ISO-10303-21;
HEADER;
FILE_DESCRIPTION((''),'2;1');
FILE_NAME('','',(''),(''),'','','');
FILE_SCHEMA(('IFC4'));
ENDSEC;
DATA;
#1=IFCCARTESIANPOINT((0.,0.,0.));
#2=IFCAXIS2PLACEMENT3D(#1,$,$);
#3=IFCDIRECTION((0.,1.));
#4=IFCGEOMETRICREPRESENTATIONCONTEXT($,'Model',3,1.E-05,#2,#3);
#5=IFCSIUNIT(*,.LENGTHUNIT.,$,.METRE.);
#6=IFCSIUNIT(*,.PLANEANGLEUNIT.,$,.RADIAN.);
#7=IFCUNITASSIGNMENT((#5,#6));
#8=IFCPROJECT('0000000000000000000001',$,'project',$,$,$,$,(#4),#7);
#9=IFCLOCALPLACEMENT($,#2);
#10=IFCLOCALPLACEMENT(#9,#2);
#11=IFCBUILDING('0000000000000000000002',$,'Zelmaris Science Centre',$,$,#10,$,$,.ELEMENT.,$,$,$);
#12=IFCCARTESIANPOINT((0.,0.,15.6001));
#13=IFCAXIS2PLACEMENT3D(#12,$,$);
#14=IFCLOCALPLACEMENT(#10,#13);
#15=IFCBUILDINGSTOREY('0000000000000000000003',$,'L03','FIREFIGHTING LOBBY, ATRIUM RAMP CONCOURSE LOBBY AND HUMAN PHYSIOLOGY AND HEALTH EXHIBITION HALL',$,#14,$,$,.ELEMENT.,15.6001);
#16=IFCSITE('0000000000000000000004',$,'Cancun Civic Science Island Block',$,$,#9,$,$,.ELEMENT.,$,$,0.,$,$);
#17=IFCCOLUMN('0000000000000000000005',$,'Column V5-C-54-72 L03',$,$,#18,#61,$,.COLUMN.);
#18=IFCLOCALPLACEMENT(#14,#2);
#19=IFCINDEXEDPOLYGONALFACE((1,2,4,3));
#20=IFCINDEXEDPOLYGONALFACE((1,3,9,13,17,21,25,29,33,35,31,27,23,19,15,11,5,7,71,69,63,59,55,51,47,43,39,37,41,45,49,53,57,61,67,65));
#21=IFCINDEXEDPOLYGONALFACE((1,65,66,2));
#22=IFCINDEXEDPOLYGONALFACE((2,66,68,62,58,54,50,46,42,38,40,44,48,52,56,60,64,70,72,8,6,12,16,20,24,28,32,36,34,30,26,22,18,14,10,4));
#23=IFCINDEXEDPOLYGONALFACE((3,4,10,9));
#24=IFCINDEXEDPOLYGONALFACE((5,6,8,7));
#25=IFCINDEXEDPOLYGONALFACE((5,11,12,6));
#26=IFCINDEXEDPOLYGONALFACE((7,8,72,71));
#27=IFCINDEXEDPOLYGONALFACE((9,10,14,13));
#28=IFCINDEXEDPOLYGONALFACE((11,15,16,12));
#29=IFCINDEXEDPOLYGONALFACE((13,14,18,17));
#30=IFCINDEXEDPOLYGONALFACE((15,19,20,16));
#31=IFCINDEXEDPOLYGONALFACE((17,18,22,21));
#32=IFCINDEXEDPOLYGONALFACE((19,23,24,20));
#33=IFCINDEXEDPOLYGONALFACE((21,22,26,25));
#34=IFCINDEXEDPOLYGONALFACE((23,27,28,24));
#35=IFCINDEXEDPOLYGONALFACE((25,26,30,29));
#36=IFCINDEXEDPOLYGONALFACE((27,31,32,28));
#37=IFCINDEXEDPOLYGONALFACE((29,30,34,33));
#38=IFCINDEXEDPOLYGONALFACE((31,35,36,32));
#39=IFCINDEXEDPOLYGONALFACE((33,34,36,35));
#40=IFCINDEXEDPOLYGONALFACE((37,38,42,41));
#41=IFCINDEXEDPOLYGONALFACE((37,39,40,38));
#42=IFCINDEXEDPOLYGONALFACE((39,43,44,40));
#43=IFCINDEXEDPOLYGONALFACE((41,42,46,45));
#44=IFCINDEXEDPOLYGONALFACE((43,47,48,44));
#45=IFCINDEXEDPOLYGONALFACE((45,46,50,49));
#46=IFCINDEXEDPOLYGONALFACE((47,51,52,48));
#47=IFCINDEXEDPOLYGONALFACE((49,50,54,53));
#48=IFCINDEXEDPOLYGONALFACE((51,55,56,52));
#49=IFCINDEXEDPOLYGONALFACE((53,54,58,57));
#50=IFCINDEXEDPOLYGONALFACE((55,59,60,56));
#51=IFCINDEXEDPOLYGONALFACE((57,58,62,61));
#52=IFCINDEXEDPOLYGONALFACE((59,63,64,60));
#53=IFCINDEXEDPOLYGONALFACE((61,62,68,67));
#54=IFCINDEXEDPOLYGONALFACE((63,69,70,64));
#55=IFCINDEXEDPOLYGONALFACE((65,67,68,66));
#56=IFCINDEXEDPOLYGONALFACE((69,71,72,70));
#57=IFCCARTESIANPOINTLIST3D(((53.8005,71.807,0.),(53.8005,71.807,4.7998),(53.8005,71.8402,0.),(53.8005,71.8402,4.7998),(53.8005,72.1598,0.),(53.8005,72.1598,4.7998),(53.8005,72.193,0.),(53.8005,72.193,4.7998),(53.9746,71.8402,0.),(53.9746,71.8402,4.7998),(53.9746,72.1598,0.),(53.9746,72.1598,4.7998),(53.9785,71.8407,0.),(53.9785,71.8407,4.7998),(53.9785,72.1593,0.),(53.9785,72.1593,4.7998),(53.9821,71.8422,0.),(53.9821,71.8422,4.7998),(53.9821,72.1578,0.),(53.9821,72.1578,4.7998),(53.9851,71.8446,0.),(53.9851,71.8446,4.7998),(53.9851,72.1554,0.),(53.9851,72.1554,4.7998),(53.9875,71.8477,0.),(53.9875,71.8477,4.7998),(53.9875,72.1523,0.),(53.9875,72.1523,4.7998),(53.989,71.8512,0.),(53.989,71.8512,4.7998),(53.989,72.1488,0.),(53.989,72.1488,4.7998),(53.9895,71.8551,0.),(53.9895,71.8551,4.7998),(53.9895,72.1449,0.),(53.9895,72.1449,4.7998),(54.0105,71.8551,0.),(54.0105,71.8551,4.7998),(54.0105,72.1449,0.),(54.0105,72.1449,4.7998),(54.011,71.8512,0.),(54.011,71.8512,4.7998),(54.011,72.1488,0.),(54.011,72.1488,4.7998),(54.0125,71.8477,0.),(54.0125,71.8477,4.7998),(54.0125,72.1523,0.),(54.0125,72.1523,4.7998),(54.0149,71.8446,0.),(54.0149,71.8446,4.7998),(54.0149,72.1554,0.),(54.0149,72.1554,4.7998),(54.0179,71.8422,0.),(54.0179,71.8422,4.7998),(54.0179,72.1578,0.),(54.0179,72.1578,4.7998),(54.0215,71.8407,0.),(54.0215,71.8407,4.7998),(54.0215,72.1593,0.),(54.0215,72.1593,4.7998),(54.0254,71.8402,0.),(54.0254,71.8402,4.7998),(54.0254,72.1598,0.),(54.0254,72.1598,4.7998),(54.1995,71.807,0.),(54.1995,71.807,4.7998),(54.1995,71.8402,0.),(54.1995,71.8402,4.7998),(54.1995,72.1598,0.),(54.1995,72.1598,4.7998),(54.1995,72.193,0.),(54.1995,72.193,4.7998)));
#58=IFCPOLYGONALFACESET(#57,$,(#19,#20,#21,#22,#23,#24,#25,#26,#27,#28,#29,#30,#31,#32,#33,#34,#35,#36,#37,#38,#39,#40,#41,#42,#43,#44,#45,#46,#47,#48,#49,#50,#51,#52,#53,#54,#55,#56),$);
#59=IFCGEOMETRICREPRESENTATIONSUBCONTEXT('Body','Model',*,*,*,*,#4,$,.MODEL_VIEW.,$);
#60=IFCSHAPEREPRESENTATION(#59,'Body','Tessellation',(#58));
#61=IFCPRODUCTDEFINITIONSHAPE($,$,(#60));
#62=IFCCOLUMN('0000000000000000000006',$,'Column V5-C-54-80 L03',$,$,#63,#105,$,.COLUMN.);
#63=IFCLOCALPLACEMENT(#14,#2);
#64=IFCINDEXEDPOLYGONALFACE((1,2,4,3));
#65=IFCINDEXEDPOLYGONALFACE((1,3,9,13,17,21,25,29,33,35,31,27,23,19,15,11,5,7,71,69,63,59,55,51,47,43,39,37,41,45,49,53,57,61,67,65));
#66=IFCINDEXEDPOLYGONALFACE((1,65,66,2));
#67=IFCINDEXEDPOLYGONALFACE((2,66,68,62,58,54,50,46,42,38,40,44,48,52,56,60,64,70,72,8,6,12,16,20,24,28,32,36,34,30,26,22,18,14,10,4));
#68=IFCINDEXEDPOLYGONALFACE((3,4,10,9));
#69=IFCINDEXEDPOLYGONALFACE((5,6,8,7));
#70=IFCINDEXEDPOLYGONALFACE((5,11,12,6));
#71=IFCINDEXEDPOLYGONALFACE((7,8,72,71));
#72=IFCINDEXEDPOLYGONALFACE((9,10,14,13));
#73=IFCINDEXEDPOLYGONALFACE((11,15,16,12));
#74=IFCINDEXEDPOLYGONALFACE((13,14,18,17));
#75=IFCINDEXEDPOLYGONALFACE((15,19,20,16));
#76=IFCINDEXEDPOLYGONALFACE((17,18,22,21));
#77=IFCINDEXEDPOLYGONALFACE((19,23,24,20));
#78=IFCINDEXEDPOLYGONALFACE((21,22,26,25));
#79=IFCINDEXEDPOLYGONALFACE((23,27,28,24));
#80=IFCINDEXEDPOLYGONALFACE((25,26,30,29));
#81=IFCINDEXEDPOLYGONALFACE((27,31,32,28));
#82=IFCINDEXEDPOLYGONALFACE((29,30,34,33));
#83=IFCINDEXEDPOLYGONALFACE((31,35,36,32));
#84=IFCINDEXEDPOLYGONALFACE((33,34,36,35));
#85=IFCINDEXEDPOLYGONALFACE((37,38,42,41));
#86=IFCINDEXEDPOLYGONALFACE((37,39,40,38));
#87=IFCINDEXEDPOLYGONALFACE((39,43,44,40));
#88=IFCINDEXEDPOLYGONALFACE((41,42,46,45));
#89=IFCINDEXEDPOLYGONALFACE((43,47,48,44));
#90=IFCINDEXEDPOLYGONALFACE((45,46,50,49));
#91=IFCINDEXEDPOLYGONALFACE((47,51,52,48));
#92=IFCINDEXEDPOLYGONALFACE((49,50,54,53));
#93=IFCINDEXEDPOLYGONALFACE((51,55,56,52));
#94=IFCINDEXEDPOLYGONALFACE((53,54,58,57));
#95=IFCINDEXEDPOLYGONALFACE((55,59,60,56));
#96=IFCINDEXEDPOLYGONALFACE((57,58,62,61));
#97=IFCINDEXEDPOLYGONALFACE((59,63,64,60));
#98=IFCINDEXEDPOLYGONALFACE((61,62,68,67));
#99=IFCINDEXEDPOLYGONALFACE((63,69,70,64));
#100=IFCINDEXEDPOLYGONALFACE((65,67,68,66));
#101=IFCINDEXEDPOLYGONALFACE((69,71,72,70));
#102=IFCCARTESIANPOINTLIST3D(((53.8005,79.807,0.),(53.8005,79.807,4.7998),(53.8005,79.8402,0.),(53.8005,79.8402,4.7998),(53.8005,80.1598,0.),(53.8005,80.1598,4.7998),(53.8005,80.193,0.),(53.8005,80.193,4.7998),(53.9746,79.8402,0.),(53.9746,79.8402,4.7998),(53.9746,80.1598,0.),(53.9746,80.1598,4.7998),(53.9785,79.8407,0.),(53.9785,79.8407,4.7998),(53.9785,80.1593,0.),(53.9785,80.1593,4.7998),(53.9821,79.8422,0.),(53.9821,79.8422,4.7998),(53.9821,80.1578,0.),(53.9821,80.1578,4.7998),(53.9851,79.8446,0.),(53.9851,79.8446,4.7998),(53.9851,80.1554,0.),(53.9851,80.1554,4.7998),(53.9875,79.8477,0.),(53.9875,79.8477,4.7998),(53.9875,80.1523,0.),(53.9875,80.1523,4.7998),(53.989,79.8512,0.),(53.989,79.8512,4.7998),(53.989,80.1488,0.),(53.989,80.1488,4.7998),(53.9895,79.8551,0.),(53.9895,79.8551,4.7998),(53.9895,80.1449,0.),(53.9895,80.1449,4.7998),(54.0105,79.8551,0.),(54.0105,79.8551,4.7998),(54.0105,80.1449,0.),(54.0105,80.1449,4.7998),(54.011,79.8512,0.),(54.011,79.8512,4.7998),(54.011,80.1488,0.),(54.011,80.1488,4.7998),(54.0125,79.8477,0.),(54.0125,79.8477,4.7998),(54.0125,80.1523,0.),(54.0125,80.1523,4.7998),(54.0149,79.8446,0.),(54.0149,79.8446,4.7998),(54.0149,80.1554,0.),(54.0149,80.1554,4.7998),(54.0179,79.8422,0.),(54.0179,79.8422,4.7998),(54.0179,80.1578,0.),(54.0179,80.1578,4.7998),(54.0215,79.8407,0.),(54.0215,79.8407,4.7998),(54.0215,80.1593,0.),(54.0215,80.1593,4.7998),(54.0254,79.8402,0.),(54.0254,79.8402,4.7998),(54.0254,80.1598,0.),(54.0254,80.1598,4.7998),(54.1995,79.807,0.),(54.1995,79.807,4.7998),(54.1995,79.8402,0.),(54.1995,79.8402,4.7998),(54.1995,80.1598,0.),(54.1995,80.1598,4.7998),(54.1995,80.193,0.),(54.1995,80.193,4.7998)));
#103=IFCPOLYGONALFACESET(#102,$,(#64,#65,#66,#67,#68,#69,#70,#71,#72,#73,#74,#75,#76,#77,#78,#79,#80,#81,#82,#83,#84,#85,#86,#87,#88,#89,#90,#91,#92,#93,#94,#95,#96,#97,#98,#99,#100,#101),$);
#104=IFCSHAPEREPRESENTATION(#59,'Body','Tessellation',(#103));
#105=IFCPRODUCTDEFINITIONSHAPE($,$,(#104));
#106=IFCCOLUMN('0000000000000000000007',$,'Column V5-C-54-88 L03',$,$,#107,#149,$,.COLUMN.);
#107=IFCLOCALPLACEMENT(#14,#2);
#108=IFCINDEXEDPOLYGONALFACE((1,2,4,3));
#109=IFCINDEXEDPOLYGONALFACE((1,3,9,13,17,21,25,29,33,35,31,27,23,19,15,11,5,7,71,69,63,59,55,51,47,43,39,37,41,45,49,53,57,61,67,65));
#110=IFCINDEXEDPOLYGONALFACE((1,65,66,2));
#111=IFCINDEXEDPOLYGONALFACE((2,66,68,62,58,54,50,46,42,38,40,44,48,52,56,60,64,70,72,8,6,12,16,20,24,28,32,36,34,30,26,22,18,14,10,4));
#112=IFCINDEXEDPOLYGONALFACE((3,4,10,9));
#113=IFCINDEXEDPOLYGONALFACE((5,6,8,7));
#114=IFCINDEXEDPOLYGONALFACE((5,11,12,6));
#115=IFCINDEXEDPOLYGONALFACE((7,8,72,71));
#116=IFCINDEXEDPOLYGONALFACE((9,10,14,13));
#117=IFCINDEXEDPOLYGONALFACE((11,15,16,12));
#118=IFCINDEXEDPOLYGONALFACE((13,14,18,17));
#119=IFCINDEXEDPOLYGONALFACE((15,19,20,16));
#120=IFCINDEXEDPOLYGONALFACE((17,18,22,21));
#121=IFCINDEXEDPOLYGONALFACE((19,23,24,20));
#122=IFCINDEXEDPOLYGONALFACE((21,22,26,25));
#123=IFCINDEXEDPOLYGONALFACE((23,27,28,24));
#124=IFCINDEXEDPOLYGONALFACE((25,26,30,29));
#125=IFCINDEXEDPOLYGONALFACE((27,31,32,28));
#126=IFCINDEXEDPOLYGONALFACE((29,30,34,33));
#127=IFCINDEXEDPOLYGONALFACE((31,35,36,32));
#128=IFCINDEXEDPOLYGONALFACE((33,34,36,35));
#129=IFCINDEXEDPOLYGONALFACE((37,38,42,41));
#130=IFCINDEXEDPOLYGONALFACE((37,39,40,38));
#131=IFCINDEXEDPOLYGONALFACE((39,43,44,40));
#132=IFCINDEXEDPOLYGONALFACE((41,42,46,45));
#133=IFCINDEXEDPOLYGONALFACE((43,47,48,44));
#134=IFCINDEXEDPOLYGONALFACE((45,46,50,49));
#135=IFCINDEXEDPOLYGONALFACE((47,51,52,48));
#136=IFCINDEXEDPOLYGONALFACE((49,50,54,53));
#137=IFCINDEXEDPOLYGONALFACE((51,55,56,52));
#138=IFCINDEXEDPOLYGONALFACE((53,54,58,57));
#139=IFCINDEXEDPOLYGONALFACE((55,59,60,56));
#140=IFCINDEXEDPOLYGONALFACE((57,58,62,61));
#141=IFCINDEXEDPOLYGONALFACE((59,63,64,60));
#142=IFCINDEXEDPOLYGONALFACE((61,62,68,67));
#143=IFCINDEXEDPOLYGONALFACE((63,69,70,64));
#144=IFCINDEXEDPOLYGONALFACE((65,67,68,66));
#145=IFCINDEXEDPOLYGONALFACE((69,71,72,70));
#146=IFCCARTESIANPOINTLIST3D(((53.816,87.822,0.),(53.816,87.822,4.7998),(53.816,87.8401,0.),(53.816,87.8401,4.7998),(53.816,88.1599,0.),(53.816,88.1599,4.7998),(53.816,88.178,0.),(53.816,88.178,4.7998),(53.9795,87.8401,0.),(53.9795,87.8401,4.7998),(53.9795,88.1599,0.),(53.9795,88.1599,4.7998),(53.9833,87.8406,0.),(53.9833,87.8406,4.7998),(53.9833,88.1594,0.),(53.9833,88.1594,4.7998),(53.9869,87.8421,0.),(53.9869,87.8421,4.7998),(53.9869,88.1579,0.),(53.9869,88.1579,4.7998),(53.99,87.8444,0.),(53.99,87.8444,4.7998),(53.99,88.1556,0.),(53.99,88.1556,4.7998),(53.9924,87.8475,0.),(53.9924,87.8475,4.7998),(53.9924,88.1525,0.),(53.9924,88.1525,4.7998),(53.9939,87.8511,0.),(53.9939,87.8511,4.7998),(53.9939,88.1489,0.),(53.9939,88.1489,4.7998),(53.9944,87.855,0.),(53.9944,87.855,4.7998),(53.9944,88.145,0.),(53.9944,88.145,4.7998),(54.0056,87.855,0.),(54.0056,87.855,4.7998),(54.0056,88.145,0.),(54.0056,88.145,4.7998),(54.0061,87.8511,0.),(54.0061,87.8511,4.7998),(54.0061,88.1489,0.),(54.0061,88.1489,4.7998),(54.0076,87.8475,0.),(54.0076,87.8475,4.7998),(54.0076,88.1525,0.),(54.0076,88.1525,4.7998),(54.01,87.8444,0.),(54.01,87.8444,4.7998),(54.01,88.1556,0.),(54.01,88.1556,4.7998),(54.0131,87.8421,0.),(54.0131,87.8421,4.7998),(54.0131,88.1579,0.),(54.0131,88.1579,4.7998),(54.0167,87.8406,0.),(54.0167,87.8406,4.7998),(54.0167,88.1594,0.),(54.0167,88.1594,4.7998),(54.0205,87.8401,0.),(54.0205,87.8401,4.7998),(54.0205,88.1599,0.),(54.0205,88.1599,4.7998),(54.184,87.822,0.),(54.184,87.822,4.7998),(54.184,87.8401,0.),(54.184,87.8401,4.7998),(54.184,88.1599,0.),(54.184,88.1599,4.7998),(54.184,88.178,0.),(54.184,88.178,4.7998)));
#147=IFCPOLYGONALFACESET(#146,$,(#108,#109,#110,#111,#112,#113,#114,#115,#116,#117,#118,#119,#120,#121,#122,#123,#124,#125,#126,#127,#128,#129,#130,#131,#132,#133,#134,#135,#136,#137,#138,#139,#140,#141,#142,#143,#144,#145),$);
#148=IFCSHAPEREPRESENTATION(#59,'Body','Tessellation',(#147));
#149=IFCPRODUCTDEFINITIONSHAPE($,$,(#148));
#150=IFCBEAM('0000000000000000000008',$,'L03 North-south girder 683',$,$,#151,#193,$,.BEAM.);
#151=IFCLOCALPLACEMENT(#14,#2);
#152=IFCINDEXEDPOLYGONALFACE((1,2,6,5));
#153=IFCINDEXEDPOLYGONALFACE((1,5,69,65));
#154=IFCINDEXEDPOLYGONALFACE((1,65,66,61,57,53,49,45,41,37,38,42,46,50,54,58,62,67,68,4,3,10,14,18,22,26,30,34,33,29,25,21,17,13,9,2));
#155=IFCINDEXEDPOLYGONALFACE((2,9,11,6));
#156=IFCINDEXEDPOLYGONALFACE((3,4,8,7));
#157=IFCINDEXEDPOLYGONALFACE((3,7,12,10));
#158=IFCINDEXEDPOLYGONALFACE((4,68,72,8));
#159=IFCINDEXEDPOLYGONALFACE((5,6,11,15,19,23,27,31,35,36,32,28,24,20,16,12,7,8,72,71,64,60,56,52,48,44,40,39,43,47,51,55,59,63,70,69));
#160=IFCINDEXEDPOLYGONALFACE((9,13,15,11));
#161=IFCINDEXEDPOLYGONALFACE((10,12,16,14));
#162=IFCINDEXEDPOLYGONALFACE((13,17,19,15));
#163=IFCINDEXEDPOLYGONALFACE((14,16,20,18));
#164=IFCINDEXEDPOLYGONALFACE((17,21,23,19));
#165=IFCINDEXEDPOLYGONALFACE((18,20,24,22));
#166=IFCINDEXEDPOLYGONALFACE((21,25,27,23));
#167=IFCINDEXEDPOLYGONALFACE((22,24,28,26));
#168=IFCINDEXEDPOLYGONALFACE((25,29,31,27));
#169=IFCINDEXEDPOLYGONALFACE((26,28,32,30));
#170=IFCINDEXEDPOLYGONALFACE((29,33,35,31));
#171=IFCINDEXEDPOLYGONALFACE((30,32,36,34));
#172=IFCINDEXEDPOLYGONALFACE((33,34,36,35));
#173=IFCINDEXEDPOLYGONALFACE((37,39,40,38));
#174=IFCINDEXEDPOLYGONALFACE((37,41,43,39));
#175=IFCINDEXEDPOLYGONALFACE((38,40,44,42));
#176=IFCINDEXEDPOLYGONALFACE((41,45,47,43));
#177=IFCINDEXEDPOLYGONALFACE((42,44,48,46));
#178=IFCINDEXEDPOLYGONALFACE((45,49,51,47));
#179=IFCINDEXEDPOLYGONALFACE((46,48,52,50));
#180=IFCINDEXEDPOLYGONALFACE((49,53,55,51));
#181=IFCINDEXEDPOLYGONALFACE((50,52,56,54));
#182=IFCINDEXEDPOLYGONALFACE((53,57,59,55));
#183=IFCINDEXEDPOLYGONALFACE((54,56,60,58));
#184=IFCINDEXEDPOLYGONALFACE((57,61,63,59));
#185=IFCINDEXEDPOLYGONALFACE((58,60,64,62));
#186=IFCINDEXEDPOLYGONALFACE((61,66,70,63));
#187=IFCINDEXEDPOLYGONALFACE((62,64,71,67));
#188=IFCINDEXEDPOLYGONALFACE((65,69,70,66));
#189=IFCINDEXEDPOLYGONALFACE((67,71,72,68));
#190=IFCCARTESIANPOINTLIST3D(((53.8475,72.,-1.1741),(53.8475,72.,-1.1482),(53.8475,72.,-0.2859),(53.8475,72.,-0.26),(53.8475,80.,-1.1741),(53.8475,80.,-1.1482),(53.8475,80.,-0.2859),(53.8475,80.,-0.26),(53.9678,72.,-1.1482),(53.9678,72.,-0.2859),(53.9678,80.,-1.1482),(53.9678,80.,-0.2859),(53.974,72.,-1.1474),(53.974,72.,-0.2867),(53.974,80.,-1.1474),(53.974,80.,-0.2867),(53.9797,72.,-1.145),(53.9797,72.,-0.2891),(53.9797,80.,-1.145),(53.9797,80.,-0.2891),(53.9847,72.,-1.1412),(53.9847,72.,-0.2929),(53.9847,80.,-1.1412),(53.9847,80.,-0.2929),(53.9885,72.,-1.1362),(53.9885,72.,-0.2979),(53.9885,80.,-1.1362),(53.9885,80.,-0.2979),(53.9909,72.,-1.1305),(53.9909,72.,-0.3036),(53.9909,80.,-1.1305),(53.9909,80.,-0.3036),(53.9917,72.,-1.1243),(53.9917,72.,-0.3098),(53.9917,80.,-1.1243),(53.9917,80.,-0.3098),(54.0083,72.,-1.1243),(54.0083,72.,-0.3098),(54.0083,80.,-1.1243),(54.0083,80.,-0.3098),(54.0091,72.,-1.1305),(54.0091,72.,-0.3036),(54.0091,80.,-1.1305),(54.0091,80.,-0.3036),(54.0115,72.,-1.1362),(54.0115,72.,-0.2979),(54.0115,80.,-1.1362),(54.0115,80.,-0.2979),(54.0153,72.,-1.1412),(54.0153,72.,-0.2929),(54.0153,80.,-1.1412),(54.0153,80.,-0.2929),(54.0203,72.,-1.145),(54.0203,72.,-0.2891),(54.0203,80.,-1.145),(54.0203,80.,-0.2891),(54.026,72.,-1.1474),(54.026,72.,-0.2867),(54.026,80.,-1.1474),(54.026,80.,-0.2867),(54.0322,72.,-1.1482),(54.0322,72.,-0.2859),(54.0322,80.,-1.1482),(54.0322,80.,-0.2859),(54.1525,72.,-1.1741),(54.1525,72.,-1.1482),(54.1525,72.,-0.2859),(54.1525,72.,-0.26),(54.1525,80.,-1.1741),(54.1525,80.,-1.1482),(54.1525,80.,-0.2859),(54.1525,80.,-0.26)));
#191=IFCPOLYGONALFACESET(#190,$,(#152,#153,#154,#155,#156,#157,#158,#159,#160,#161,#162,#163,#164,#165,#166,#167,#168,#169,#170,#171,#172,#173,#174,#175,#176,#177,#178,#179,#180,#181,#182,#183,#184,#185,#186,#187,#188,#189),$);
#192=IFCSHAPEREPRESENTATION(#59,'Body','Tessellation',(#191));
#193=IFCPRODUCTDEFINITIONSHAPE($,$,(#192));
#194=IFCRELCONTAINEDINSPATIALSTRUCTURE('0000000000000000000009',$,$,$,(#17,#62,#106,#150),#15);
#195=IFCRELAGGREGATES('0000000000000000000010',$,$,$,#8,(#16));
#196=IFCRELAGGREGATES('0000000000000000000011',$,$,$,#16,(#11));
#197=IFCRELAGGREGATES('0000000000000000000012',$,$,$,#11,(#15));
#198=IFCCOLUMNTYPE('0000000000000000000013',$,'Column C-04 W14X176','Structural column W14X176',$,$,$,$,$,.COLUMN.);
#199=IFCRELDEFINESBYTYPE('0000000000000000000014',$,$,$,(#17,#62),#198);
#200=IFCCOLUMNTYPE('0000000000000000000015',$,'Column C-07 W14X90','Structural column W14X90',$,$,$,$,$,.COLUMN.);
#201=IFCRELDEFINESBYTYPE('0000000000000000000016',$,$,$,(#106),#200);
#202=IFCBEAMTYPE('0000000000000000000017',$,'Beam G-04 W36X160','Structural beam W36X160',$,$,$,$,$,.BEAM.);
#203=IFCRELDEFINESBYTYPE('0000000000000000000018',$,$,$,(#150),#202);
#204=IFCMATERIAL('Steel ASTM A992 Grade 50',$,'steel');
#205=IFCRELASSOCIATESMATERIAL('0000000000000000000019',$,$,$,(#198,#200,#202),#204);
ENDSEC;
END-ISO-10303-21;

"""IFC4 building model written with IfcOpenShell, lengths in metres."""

from ifc_helpers import new_model, si_unit, direction, frame, origin, origin_2d, place, context, subcontext, project, spatial, i_section, extrude, material, material_profile, profile_set, type_object, element, save


model = new_model("IFC4")

# Units and contexts
model_context = context("Model", 3, precision=1e-05, world=origin(), true_north=direction((0.0, 1.0)))
body_context = subcontext(model_context, "Body", "Model", "MODEL_VIEW")
ifc_project = project(units=[si_unit("LENGTHUNIT", "METRE"), si_unit("PLANEANGLEUNIT", "RADIAN")], contexts=[model_context])

# Site, building, storey
site_placement = place(None, origin())
site = spatial("IfcSite", under=ifc_project, at=site_placement, Name="Cancun Civic Science Island Block", CompositionType="ELEMENT", RefElevation=0.0)
building_placement = place(site_placement, origin())
building = spatial("IfcBuilding", under=site, at=building_placement, Name="Zelmaris Science Centre", CompositionType="ELEMENT")
storey_placement = place(building_placement, frame((0.0, 0.0, 15.6001)))
storey = spatial("IfcBuildingStorey", under=building, at=storey_placement, Name="L03", Description="FIREFIGHTING LOBBY, ATRIUM RAMP CONCOURSE LOBBY AND HUMAN PHYSIOLOGY AND HEALTH EXHIBITION HALL", CompositionType="ELEMENT", Elevation=15.6001)

# Columns
ifc_material_1 = material(Name="Steel ASTM A992 Grade 50", Category="steel")
ifc_material_profile_1 = material_profile(ifc_material_1, i_section(OverallWidth=0.3989, OverallDepth=0.386, WebThickness=0.021, FlangeThickness=0.0332, FilletRadius=0.0149, at=origin_2d()), Name="W14X176")
ifc_profile_set_1 = profile_set([ifc_material_profile_1], Name="Steel ASTM A992 Grade 50")
column_type_1 = type_object("IfcColumnType", Name="Column C-04 W14X176", Description="Structural column W14X176", PredefinedType="COLUMN", material=ifc_profile_set_1)
for number, where, z_axis, x_axis, name in (
    (1, (54.0, 72.0, 0.0), (0.0, 0.0, 1.0), (1.0, 0.0, 0.0), "Column V5-C-54-72 L03"),
    (2, (54.0, 80.0, 0.0), (0.0, 0.0, 1.0), (1.0, 0.0, 0.0), "Column V5-C-54-80 L03"),
):
    element("IfcColumn", number, at=place(storey_placement, frame(where, z_axis=z_axis, x_axis=x_axis)), inside=storey, type_object=column_type_1, Name=name, PredefinedType="COLUMN", context=body_context, shape_type="SweptSolid", body=[
        extrude(i_section(OverallWidth=0.3989, OverallDepth=0.386, WebThickness=0.021, FlangeThickness=0.0332, FilletRadius=0.0149, at=origin_2d()), origin(), (0.0, 0.0, 1.0), 4.7998),
    ])
ifc_material_profile_2 = material_profile(ifc_material_1, i_section(OverallWidth=0.3679, OverallDepth=0.356, WebThickness=0.0112, FlangeThickness=0.0181, FilletRadius=0.0149, at=origin_2d()), Name="W14X90")
ifc_profile_set_2 = profile_set([ifc_material_profile_2], Name="Steel ASTM A992 Grade 50")
column_type_2 = type_object("IfcColumnType", Name="Column C-07 W14X90", Description="Structural column W14X90", PredefinedType="COLUMN", material=ifc_profile_set_2)
column_placement = place(storey_placement, frame((54.0, 88.0, 0.0), z_axis=(0.0, 0.0, 1.0), x_axis=(1.0, 0.0, 0.0)))
element("IfcColumn", 3, at=column_placement, inside=storey, type_object=column_type_2, Name="Column V5-C-54-88 L03", PredefinedType="COLUMN", context=body_context, shape_type="SweptSolid", body=[
    extrude(i_section(OverallWidth=0.3679, OverallDepth=0.356, WebThickness=0.0112, FlangeThickness=0.0181, FilletRadius=0.0149, at=origin_2d()), origin(), (0.0, 0.0, 1.0), 4.7998),
])

# Beam
ifc_material_profile_3 = material_profile(ifc_material_1, i_section(OverallWidth=0.3049, OverallDepth=0.9141, WebThickness=0.0166, FlangeThickness=0.0259, FilletRadius=0.0239, at=origin_2d()), Name="W36X160")
ifc_profile_set_3 = profile_set([ifc_material_profile_3], Name="Steel ASTM A992 Grade 50")
beam_type_1 = type_object("IfcBeamType", Name="Beam G-04 W36X160", Description="Structural beam W36X160", PredefinedType="BEAM", material=ifc_profile_set_3)
beam_1_placement = place(storey_placement, frame((54.0, 72.0, -0.717), z_axis=(0.0, 1.0, 0.0), x_axis=(-1.0, 0.0, 0.0)))
element("IfcBeam", 4, at=beam_1_placement, inside=storey, type_object=beam_type_1, Name="L03 North-south girder 683", PredefinedType="BEAM", context=body_context, shape_type="SweptSolid", body=[
    extrude(i_section(OverallWidth=0.3049, OverallDepth=0.9141, WebThickness=0.0166, FlangeThickness=0.0259, FilletRadius=0.0239, at=origin_2d()), origin(), (0.0, 0.0, 1.0), 8.0),
])

save(model, "model.ifc")
